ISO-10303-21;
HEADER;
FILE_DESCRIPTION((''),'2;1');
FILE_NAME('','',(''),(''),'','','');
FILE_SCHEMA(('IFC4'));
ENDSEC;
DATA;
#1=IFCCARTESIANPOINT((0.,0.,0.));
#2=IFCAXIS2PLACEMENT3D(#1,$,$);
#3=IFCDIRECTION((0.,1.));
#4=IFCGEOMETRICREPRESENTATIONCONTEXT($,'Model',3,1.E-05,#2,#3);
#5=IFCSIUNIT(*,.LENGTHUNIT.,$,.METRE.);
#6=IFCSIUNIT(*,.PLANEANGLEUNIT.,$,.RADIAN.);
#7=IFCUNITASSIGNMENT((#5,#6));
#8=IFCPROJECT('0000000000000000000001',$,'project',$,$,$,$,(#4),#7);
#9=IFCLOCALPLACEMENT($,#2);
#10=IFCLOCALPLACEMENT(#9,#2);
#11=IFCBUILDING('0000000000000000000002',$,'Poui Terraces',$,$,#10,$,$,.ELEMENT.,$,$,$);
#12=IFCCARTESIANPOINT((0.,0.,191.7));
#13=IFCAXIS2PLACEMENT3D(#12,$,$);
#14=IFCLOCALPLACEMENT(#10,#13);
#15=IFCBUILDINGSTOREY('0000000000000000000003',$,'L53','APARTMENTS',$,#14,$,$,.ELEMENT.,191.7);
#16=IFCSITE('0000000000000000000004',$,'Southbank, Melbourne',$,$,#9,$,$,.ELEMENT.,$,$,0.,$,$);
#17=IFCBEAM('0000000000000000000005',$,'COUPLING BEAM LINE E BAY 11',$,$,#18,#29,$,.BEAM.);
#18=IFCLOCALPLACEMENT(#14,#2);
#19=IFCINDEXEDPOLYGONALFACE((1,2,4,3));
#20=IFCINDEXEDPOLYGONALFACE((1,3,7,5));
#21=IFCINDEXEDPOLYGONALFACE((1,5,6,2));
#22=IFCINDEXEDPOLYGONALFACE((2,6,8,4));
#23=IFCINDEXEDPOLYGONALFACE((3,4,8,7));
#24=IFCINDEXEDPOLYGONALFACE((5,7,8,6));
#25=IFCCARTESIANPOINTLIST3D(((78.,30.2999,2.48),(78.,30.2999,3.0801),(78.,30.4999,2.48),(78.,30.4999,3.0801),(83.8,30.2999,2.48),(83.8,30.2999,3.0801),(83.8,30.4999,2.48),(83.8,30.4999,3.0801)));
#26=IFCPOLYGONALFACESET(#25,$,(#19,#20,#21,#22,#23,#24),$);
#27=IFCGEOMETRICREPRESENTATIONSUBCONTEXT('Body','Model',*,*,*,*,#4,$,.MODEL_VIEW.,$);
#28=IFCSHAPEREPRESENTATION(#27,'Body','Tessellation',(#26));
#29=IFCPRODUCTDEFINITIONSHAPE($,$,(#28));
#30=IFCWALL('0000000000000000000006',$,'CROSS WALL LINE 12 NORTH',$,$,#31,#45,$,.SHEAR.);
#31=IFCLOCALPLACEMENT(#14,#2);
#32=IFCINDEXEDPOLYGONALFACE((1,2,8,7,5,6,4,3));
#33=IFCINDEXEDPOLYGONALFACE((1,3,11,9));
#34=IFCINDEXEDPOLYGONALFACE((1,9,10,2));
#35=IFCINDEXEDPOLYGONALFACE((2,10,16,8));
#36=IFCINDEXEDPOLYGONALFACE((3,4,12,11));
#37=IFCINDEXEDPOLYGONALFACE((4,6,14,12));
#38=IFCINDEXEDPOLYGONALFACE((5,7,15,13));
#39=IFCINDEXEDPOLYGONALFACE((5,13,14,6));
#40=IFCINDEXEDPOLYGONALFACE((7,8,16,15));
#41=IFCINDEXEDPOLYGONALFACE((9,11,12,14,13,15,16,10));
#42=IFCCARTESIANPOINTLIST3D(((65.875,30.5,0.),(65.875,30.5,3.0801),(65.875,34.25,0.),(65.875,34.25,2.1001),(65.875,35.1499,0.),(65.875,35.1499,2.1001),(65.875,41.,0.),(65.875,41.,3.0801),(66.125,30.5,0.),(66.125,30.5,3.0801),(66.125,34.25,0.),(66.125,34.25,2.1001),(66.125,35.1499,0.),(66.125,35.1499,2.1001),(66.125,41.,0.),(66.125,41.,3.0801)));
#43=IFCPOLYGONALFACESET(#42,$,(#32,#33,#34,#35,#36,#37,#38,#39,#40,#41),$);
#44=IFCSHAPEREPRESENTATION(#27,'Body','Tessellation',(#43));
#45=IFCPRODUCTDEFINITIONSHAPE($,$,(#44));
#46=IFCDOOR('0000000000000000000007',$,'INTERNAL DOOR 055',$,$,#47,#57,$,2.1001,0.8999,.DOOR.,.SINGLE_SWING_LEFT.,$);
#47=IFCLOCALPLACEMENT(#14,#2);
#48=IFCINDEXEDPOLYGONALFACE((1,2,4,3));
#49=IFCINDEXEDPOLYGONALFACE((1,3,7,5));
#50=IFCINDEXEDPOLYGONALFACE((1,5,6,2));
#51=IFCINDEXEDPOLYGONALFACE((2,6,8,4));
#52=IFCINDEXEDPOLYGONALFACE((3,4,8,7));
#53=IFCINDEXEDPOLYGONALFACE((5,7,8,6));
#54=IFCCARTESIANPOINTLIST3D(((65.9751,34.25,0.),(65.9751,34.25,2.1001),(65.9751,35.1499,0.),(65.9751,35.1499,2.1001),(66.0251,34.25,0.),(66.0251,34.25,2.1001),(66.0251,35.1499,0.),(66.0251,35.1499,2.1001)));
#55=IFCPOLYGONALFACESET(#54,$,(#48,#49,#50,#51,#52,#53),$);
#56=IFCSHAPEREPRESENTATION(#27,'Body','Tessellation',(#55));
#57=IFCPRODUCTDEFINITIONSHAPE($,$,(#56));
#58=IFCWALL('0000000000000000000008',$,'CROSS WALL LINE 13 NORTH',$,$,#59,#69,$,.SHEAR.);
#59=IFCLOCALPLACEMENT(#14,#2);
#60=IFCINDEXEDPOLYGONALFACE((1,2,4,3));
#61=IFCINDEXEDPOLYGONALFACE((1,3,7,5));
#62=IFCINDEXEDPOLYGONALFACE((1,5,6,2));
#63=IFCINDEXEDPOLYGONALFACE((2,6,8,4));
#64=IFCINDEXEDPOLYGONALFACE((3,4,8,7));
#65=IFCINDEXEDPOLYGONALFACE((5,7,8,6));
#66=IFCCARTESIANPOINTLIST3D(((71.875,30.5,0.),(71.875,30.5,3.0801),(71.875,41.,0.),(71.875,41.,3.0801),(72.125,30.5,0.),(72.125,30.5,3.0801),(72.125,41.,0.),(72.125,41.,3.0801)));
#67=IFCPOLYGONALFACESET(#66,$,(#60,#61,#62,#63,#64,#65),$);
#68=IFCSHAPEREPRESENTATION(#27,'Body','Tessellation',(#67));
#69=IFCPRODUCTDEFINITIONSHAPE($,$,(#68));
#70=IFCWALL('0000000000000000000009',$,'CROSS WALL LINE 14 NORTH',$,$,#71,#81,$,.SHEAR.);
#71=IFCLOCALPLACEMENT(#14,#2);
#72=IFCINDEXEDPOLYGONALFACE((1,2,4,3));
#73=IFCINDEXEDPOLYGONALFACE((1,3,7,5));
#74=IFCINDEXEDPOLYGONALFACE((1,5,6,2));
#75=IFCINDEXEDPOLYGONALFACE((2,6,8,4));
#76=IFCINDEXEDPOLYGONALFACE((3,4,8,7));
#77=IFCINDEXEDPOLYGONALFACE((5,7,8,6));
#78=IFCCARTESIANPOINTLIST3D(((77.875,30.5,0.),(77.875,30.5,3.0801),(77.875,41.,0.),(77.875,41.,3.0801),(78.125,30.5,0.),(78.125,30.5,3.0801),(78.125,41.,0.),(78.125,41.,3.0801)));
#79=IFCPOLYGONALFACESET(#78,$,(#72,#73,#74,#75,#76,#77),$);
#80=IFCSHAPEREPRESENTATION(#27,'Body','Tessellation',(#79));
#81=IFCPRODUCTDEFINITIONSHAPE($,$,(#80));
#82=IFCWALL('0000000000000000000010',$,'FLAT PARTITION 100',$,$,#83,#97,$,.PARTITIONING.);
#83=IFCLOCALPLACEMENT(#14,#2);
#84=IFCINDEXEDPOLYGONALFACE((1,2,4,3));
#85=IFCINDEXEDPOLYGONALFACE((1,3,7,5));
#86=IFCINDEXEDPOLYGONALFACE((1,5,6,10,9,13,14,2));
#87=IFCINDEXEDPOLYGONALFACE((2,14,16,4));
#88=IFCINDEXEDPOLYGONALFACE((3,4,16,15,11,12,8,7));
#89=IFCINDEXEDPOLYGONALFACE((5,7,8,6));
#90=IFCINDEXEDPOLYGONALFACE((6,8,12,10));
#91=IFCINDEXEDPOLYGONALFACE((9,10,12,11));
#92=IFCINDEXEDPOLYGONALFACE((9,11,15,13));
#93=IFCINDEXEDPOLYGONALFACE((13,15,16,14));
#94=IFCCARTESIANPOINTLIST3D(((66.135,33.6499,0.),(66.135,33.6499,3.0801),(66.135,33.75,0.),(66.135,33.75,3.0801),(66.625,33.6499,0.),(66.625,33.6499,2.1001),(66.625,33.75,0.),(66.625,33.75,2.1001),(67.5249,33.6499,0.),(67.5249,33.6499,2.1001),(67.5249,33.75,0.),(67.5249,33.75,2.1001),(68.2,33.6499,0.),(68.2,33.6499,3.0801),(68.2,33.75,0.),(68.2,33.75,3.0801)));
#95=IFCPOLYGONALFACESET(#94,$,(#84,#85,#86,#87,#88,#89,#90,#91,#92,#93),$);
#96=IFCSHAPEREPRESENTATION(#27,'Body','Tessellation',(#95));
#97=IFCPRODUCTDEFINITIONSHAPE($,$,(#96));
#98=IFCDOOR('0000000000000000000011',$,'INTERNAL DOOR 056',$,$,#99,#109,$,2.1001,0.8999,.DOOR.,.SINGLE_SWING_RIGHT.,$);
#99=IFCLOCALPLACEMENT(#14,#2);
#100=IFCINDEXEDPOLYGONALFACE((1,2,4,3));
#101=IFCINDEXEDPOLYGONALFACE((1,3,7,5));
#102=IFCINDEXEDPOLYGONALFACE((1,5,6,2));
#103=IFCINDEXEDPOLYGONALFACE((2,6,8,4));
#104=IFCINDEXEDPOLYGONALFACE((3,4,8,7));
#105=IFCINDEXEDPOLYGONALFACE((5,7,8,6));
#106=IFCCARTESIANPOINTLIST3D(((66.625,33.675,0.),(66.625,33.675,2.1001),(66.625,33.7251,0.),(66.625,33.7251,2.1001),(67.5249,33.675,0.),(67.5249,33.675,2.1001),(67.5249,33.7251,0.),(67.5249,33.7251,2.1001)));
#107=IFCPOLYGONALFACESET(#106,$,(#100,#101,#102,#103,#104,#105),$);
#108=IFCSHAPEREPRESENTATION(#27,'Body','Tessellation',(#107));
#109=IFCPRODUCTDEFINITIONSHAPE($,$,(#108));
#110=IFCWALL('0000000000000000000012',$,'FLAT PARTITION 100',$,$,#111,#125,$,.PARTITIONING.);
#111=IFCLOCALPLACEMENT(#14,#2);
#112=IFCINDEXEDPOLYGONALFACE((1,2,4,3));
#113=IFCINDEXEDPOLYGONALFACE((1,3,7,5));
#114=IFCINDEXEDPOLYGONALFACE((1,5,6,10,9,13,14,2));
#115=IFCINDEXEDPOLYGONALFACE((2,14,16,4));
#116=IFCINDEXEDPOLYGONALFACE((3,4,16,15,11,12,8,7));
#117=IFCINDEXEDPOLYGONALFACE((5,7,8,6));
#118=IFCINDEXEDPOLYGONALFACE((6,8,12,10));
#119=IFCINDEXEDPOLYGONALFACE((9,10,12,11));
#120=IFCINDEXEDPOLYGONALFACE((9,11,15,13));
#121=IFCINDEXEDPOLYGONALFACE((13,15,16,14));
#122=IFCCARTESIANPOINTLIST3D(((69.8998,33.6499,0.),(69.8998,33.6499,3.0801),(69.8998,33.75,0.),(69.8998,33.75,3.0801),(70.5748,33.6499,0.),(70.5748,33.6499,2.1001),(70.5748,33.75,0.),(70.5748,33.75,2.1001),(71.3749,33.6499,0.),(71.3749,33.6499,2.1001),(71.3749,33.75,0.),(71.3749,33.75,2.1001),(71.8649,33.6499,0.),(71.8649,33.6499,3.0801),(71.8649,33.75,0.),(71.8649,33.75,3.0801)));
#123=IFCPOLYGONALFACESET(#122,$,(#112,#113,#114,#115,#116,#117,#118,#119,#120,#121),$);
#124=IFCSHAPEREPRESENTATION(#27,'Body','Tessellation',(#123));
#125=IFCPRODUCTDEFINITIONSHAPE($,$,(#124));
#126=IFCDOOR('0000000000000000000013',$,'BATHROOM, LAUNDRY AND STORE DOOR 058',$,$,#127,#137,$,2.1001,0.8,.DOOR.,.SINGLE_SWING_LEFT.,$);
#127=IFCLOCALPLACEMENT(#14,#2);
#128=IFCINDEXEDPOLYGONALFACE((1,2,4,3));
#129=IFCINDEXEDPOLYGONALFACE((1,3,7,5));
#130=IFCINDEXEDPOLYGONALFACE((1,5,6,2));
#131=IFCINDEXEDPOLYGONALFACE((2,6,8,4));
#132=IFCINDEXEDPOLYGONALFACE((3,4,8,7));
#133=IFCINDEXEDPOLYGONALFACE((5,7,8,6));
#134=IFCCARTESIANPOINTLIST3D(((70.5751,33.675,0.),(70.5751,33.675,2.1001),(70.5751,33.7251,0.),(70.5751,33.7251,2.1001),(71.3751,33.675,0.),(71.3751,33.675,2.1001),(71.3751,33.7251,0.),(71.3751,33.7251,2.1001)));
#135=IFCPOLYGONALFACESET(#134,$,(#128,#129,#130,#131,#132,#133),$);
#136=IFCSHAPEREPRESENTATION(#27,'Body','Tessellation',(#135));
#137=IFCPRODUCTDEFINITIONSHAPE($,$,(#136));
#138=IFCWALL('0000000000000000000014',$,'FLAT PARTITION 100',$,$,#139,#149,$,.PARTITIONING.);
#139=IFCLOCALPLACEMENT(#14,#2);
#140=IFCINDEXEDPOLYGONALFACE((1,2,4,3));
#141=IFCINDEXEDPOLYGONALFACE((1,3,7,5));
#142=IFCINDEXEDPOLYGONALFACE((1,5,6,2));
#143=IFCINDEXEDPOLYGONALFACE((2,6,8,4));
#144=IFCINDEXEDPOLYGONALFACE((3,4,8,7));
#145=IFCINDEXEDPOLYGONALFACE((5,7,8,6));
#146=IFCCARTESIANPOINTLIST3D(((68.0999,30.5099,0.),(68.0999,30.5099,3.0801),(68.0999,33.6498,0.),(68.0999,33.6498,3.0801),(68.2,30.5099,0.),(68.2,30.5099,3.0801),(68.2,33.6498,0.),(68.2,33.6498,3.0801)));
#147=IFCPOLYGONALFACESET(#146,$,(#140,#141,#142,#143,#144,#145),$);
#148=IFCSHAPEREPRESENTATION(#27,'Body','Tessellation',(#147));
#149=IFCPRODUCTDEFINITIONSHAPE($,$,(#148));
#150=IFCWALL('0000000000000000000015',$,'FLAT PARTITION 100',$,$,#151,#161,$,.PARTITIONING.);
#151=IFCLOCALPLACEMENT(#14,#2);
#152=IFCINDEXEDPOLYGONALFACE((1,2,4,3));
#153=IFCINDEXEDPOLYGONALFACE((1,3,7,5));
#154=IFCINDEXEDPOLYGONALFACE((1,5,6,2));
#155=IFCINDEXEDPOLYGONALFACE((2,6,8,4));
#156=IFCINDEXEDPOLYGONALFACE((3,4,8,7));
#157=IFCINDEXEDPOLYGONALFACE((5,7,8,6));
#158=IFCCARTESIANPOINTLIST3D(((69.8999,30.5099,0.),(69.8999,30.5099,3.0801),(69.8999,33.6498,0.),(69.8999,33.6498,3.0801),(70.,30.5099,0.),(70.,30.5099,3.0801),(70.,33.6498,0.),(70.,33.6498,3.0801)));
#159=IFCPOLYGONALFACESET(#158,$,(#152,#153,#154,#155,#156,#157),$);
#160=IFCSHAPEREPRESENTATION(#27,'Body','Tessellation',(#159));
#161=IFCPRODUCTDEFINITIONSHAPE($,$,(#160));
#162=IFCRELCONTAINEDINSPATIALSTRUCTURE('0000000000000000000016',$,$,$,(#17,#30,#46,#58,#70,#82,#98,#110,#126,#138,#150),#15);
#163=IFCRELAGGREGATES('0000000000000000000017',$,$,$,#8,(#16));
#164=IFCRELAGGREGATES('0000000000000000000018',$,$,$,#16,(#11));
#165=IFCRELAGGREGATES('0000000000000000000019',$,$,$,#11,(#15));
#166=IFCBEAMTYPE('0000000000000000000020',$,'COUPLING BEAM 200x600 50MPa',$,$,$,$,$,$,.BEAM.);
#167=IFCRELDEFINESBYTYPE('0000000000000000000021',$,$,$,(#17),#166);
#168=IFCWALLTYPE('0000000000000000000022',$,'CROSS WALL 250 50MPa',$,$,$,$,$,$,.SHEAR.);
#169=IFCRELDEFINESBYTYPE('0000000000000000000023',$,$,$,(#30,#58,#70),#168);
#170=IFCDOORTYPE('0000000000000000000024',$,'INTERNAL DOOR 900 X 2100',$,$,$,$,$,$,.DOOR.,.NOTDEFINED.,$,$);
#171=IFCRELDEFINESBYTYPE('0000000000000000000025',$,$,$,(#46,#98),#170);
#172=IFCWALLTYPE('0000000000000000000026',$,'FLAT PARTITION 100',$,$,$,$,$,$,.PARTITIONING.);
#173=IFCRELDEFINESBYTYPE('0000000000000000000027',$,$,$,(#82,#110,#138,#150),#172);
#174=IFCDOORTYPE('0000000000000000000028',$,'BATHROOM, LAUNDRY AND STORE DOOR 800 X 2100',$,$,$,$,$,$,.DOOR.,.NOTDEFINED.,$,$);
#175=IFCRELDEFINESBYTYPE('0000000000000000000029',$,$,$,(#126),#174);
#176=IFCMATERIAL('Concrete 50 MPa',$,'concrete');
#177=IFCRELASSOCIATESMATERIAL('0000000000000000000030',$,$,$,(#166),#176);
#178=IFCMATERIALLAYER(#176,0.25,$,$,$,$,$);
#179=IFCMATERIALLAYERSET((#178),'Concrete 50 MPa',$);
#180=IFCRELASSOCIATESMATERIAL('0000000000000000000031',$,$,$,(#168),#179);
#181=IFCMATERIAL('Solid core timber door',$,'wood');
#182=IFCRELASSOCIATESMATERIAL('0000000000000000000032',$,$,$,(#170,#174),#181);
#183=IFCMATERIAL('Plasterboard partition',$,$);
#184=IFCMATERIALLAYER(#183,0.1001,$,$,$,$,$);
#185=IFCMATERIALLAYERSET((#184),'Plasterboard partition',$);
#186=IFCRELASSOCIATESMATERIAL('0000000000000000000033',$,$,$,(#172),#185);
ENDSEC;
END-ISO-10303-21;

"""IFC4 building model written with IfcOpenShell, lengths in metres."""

from ifc_helpers import new_model, si_unit, direction, frame, frame_2d, origin, origin_2d, place, context, subcontext, project, spatial, rectangle, extrude, source, transform, mapped, material, layer, layer_set, material_profile, profile_set, type_object, element, fill, save


model = new_model("IFC4")

# Units and contexts
model_context = context("Model", 3, precision=1e-05, world=origin(), true_north=direction((0.0, 1.0)))
body_context = subcontext(model_context, "Body", "Model", "MODEL_VIEW")
ifc_project = project(units=[si_unit("LENGTHUNIT", "METRE"), si_unit("PLANEANGLEUNIT", "RADIAN")], contexts=[model_context])

# Site, building, storey
site_placement = place(None, origin())
site = spatial("IfcSite", under=ifc_project, at=site_placement, Name="Southbank, Melbourne", CompositionType="ELEMENT", RefElevation=0.0)
building_placement = place(site_placement, origin())
building = spatial("IfcBuilding", under=site, at=building_placement, Name="Poui Terraces", CompositionType="ELEMENT")
storey_placement = place(building_placement, frame((0.0, 0.0, 191.7)))
storey = spatial("IfcBuildingStorey", under=building, at=storey_placement, Name="L53", Description="APARTMENTS", CompositionType="ELEMENT", Elevation=191.7)

# Beam
ifc_material_1 = material(Name="Concrete 50 MPa", Category="concrete")
ifc_material_profile = material_profile(ifc_material_1, rectangle(XDim=0.2, YDim=0.6001, at=origin_2d()), Name="RC 200x600")
ifc_profile_set = profile_set([ifc_material_profile], Name="Concrete 50 MPa")
beam_type = type_object("IfcBeamType", Name="COUPLING BEAM 200x600 50MPa", PredefinedType="BEAM", material=ifc_profile_set)
shared_shape = source(origin(), body_context, "Body", "SweptSolid", [
    extrude(rectangle(XDim=0.2, YDim=0.6001, at=origin_2d()), origin(), (0.0, 0.0, 1.0), 5.8),
])
beam_placement = place(storey_placement, frame((78.0, 30.3999, 2.78), z_axis=(1.0, 0.0, 0.0), x_axis=(0.0, 1.0, 0.0)))
element("IfcBeam", 1, at=beam_placement, inside=storey, type_object=beam_type, Name="COUPLING BEAM LINE E BAY 11", PredefinedType="BEAM", context=body_context, shape_type="MappedRepresentation", body=[
    mapped(shared_shape, transform((0.0, 0.0, 0.0))),
])

# Wall, opening, door
ifc_layer_1 = layer(ifc_material_1, 0.25)
ifc_layer_set_1 = layer_set([ifc_layer_1], Name="Concrete 50 MPa")
wall_type_1 = type_object("IfcWallType", Name="CROSS WALL 250 50MPa", PredefinedType="SHEAR", material=ifc_layer_set_1)
wall_1_placement = place(storey_placement, frame((66.0, 30.5, 0.0), z_axis=(0.0, 0.0, 1.0), x_axis=(0.0, 1.0, 0.0)))
wall_1 = element("IfcWall", 2, at=wall_1_placement, inside=storey, type_object=wall_type_1, Name="CROSS WALL LINE 12 NORTH", PredefinedType="SHEAR", context=body_context, shape_type="SweptSolid", body=[
    extrude(rectangle(XDim=10.5, YDim=0.25, at=frame_2d((5.25, 0.0))), origin(), (0.0, 0.0, 1.0), 3.0801),
])
opening_1_placement = place(wall_1_placement, frame((3.75, 0.0, 0.0)))
opening_1 = element("IfcOpeningElement", 3, at=opening_1_placement, cuts=wall_1, PredefinedType="OPENING", context=body_context, shape_type="SweptSolid", body=[
    extrude(rectangle(XDim=0.8999, YDim=2.1001, at=frame_2d((0.45, 1.05))), frame((0.0, 0.135, 0.0), z_axis=(0.0, -1.0, 0.0), x_axis=(1.0, 0.0, 0.0)), (0.0, 0.0, 1.0), 0.27),
])
ifc_material_2 = material(Name="Solid core timber door", Category="wood")
door_type_1 = type_object("IfcDoorType", Name="INTERNAL DOOR 900 X 2100", OperationType="NOTDEFINED", PredefinedType="DOOR", material=ifc_material_2)
door_1_placement = place(opening_1_placement, origin())
door_1 = element("IfcDoor", 4, at=door_1_placement, inside=storey, type_object=door_type_1, Name="INTERNAL DOOR 055", OperationType="SINGLE_SWING_LEFT", OverallHeight=2.1001, OverallWidth=0.8999, PredefinedType="DOOR", context=body_context, shape_type="SweptSolid", body=[
    extrude(rectangle(XDim=0.8999, YDim=2.1001, at=frame_2d((0.45, 1.05))), frame((0.0, 0.0249, 0.0), z_axis=(0.0, -1.0, 0.0), x_axis=(1.0, 0.0, 0.0)), (0.0, 0.0, 1.0), 0.05),
])
fill(opening_1, door_1)

# Walls
for number, where, z_axis, x_axis, name in (
    (5, (72.0, 30.5, 0.0), (0.0, 0.0, 1.0), (0.0, 1.0, 0.0), "CROSS WALL LINE 13 NORTH"),
    (6, (78.0, 30.5, 0.0), (0.0, 0.0, 1.0), (0.0, 1.0, 0.0), "CROSS WALL LINE 14 NORTH"),
):
    element("IfcWall", number, at=place(storey_placement, frame(where, z_axis=z_axis, x_axis=x_axis)), inside=storey, type_object=wall_type_1, Name=name, PredefinedType="SHEAR", context=body_context, shape_type="SweptSolid", body=[
        extrude(rectangle(XDim=10.5, YDim=0.25, at=frame_2d((5.25, 0.0))), origin(), (0.0, 0.0, 1.0), 3.0801),
    ])

# Walls, openings, doors
ifc_material_3 = material(Name="Plasterboard partition")
ifc_layer_2 = layer(ifc_material_3, 0.1001)
ifc_layer_set_2 = layer_set([ifc_layer_2], Name="Plasterboard partition")
wall_type_2 = type_object("IfcWallType", Name="FLAT PARTITION 100", PredefinedType="PARTITIONING", material=ifc_layer_set_2)
wall_2_placement = place(storey_placement, frame((66.135, 33.7, 0.0), z_axis=(0.0, 0.0, 1.0), x_axis=(1.0, 0.0, 0.0)))
wall_2 = element("IfcWall", 7, at=wall_2_placement, inside=storey, type_object=wall_type_2, Name="FLAT PARTITION 100", PredefinedType="PARTITIONING", context=body_context, shape_type="SweptSolid", body=[
    extrude(rectangle(XDim=2.0649, YDim=0.1001, at=frame_2d((1.0325, 0.0))), origin(), (0.0, 0.0, 1.0), 3.0801),
])
opening_2_placement = place(wall_2_placement, frame((0.49, 0.0, 0.0)))
opening_2 = element("IfcOpeningElement", 8, at=opening_2_placement, cuts=wall_2, PredefinedType="OPENING", context=body_context, shape_type="SweptSolid", body=[
    extrude(rectangle(XDim=0.8999, YDim=2.1001, at=frame_2d((0.45, 1.05))), frame((0.0, 0.0601, 0.0), z_axis=(0.0, -1.0, 0.0), x_axis=(1.0, 0.0, 0.0)), (0.0, 0.0, 1.0), 0.1201),
])
door_2_placement = place(opening_2_placement, frame((0.8999, 0.0, 0.0), z_axis=(0.0, 0.0, 1.0), x_axis=(-1.0, 0.0, 0.0)))
door_2 = element("IfcDoor", 9, at=door_2_placement, inside=storey, type_object=door_type_1, Name="INTERNAL DOOR 056", OperationType="SINGLE_SWING_RIGHT", OverallHeight=2.1001, OverallWidth=0.8999, PredefinedType="DOOR", context=body_context, shape_type="SweptSolid", body=[
    extrude(rectangle(XDim=0.8999, YDim=2.1001, at=frame_2d((0.45, 1.05))), frame((0.0, 0.0249, 0.0), z_axis=(0.0, -1.0, 0.0), x_axis=(1.0, 0.0, 0.0)), (0.0, 0.0, 1.0), 0.05),
])
fill(opening_2, door_2)
wall_3_placement = place(storey_placement, frame((69.8999, 33.7, 0.0), z_axis=(0.0, 0.0, 1.0), x_axis=(1.0, 0.0, 0.0)))
wall_3 = element("IfcWall", 10, at=wall_3_placement, inside=storey, type_object=wall_type_2, Name="FLAT PARTITION 100", PredefinedType="PARTITIONING", context=body_context, shape_type="SweptSolid", body=[
    extrude(rectangle(XDim=1.9651, YDim=0.1001, at=frame_2d((0.9824, 0.0))), origin(), (0.0, 0.0, 1.0), 3.0801),
])
opening_3_placement = place(wall_3_placement, frame((0.675, 0.0, 0.0)))
opening_3 = element("IfcOpeningElement", 11, at=opening_3_placement, cuts=wall_3, PredefinedType="OPENING", context=body_context, shape_type="SweptSolid", body=[
    extrude(rectangle(XDim=0.8, YDim=2.1001, at=frame_2d((0.3999, 1.05))), frame((0.0, 0.0601, 0.0), z_axis=(0.0, -1.0, 0.0), x_axis=(1.0, 0.0, 0.0)), (0.0, 0.0, 1.0), 0.1201),
])
door_type_2 = type_object("IfcDoorType", Name="BATHROOM, LAUNDRY AND STORE DOOR 800 X 2100", OperationType="NOTDEFINED", PredefinedType="DOOR", material=ifc_material_2)
door_3_placement = place(opening_3_placement, frame((0.8, 0.0, 0.0), z_axis=(0.0, 0.0, 1.0), x_axis=(-1.0, 0.0, 0.0)))
door_3 = element("IfcDoor", 12, at=door_3_placement, inside=storey, type_object=door_type_2, Name="BATHROOM, LAUNDRY AND STORE DOOR 058", OperationType="SINGLE_SWING_LEFT", OverallHeight=2.1001, OverallWidth=0.8, PredefinedType="DOOR", context=body_context, shape_type="SweptSolid", body=[
    extrude(rectangle(XDim=0.8, YDim=2.1001, at=frame_2d((0.3999, 1.05))), frame((0.0, 0.0249, 0.0), z_axis=(0.0, -1.0, 0.0), x_axis=(1.0, 0.0, 0.0)), (0.0, 0.0, 1.0), 0.05),
])
fill(opening_3, door_3)

# Walls
for number, where, z_axis, x_axis, name in (
    (13, (68.1499, 30.51, 0.0), (0.0, 0.0, 1.0), (0.0, 1.0, 0.0), "FLAT PARTITION 100"),
    (14, (69.95, 30.51, 0.0), (0.0, 0.0, 1.0), (0.0, 1.0, 0.0), "FLAT PARTITION 100"),
):
    element("IfcWall", number, at=place(storey_placement, frame(where, z_axis=z_axis, x_axis=x_axis)), inside=storey, type_object=wall_type_2, Name=name, PredefinedType="PARTITIONING", context=body_context, shape_type="SweptSolid", body=[
        extrude(rectangle(XDim=3.1399, YDim=0.1001, at=frame_2d((1.5698, 0.0))), origin(), (0.0, 0.0, 1.0), 3.0801),
    ])

save(model, "model.ifc")
